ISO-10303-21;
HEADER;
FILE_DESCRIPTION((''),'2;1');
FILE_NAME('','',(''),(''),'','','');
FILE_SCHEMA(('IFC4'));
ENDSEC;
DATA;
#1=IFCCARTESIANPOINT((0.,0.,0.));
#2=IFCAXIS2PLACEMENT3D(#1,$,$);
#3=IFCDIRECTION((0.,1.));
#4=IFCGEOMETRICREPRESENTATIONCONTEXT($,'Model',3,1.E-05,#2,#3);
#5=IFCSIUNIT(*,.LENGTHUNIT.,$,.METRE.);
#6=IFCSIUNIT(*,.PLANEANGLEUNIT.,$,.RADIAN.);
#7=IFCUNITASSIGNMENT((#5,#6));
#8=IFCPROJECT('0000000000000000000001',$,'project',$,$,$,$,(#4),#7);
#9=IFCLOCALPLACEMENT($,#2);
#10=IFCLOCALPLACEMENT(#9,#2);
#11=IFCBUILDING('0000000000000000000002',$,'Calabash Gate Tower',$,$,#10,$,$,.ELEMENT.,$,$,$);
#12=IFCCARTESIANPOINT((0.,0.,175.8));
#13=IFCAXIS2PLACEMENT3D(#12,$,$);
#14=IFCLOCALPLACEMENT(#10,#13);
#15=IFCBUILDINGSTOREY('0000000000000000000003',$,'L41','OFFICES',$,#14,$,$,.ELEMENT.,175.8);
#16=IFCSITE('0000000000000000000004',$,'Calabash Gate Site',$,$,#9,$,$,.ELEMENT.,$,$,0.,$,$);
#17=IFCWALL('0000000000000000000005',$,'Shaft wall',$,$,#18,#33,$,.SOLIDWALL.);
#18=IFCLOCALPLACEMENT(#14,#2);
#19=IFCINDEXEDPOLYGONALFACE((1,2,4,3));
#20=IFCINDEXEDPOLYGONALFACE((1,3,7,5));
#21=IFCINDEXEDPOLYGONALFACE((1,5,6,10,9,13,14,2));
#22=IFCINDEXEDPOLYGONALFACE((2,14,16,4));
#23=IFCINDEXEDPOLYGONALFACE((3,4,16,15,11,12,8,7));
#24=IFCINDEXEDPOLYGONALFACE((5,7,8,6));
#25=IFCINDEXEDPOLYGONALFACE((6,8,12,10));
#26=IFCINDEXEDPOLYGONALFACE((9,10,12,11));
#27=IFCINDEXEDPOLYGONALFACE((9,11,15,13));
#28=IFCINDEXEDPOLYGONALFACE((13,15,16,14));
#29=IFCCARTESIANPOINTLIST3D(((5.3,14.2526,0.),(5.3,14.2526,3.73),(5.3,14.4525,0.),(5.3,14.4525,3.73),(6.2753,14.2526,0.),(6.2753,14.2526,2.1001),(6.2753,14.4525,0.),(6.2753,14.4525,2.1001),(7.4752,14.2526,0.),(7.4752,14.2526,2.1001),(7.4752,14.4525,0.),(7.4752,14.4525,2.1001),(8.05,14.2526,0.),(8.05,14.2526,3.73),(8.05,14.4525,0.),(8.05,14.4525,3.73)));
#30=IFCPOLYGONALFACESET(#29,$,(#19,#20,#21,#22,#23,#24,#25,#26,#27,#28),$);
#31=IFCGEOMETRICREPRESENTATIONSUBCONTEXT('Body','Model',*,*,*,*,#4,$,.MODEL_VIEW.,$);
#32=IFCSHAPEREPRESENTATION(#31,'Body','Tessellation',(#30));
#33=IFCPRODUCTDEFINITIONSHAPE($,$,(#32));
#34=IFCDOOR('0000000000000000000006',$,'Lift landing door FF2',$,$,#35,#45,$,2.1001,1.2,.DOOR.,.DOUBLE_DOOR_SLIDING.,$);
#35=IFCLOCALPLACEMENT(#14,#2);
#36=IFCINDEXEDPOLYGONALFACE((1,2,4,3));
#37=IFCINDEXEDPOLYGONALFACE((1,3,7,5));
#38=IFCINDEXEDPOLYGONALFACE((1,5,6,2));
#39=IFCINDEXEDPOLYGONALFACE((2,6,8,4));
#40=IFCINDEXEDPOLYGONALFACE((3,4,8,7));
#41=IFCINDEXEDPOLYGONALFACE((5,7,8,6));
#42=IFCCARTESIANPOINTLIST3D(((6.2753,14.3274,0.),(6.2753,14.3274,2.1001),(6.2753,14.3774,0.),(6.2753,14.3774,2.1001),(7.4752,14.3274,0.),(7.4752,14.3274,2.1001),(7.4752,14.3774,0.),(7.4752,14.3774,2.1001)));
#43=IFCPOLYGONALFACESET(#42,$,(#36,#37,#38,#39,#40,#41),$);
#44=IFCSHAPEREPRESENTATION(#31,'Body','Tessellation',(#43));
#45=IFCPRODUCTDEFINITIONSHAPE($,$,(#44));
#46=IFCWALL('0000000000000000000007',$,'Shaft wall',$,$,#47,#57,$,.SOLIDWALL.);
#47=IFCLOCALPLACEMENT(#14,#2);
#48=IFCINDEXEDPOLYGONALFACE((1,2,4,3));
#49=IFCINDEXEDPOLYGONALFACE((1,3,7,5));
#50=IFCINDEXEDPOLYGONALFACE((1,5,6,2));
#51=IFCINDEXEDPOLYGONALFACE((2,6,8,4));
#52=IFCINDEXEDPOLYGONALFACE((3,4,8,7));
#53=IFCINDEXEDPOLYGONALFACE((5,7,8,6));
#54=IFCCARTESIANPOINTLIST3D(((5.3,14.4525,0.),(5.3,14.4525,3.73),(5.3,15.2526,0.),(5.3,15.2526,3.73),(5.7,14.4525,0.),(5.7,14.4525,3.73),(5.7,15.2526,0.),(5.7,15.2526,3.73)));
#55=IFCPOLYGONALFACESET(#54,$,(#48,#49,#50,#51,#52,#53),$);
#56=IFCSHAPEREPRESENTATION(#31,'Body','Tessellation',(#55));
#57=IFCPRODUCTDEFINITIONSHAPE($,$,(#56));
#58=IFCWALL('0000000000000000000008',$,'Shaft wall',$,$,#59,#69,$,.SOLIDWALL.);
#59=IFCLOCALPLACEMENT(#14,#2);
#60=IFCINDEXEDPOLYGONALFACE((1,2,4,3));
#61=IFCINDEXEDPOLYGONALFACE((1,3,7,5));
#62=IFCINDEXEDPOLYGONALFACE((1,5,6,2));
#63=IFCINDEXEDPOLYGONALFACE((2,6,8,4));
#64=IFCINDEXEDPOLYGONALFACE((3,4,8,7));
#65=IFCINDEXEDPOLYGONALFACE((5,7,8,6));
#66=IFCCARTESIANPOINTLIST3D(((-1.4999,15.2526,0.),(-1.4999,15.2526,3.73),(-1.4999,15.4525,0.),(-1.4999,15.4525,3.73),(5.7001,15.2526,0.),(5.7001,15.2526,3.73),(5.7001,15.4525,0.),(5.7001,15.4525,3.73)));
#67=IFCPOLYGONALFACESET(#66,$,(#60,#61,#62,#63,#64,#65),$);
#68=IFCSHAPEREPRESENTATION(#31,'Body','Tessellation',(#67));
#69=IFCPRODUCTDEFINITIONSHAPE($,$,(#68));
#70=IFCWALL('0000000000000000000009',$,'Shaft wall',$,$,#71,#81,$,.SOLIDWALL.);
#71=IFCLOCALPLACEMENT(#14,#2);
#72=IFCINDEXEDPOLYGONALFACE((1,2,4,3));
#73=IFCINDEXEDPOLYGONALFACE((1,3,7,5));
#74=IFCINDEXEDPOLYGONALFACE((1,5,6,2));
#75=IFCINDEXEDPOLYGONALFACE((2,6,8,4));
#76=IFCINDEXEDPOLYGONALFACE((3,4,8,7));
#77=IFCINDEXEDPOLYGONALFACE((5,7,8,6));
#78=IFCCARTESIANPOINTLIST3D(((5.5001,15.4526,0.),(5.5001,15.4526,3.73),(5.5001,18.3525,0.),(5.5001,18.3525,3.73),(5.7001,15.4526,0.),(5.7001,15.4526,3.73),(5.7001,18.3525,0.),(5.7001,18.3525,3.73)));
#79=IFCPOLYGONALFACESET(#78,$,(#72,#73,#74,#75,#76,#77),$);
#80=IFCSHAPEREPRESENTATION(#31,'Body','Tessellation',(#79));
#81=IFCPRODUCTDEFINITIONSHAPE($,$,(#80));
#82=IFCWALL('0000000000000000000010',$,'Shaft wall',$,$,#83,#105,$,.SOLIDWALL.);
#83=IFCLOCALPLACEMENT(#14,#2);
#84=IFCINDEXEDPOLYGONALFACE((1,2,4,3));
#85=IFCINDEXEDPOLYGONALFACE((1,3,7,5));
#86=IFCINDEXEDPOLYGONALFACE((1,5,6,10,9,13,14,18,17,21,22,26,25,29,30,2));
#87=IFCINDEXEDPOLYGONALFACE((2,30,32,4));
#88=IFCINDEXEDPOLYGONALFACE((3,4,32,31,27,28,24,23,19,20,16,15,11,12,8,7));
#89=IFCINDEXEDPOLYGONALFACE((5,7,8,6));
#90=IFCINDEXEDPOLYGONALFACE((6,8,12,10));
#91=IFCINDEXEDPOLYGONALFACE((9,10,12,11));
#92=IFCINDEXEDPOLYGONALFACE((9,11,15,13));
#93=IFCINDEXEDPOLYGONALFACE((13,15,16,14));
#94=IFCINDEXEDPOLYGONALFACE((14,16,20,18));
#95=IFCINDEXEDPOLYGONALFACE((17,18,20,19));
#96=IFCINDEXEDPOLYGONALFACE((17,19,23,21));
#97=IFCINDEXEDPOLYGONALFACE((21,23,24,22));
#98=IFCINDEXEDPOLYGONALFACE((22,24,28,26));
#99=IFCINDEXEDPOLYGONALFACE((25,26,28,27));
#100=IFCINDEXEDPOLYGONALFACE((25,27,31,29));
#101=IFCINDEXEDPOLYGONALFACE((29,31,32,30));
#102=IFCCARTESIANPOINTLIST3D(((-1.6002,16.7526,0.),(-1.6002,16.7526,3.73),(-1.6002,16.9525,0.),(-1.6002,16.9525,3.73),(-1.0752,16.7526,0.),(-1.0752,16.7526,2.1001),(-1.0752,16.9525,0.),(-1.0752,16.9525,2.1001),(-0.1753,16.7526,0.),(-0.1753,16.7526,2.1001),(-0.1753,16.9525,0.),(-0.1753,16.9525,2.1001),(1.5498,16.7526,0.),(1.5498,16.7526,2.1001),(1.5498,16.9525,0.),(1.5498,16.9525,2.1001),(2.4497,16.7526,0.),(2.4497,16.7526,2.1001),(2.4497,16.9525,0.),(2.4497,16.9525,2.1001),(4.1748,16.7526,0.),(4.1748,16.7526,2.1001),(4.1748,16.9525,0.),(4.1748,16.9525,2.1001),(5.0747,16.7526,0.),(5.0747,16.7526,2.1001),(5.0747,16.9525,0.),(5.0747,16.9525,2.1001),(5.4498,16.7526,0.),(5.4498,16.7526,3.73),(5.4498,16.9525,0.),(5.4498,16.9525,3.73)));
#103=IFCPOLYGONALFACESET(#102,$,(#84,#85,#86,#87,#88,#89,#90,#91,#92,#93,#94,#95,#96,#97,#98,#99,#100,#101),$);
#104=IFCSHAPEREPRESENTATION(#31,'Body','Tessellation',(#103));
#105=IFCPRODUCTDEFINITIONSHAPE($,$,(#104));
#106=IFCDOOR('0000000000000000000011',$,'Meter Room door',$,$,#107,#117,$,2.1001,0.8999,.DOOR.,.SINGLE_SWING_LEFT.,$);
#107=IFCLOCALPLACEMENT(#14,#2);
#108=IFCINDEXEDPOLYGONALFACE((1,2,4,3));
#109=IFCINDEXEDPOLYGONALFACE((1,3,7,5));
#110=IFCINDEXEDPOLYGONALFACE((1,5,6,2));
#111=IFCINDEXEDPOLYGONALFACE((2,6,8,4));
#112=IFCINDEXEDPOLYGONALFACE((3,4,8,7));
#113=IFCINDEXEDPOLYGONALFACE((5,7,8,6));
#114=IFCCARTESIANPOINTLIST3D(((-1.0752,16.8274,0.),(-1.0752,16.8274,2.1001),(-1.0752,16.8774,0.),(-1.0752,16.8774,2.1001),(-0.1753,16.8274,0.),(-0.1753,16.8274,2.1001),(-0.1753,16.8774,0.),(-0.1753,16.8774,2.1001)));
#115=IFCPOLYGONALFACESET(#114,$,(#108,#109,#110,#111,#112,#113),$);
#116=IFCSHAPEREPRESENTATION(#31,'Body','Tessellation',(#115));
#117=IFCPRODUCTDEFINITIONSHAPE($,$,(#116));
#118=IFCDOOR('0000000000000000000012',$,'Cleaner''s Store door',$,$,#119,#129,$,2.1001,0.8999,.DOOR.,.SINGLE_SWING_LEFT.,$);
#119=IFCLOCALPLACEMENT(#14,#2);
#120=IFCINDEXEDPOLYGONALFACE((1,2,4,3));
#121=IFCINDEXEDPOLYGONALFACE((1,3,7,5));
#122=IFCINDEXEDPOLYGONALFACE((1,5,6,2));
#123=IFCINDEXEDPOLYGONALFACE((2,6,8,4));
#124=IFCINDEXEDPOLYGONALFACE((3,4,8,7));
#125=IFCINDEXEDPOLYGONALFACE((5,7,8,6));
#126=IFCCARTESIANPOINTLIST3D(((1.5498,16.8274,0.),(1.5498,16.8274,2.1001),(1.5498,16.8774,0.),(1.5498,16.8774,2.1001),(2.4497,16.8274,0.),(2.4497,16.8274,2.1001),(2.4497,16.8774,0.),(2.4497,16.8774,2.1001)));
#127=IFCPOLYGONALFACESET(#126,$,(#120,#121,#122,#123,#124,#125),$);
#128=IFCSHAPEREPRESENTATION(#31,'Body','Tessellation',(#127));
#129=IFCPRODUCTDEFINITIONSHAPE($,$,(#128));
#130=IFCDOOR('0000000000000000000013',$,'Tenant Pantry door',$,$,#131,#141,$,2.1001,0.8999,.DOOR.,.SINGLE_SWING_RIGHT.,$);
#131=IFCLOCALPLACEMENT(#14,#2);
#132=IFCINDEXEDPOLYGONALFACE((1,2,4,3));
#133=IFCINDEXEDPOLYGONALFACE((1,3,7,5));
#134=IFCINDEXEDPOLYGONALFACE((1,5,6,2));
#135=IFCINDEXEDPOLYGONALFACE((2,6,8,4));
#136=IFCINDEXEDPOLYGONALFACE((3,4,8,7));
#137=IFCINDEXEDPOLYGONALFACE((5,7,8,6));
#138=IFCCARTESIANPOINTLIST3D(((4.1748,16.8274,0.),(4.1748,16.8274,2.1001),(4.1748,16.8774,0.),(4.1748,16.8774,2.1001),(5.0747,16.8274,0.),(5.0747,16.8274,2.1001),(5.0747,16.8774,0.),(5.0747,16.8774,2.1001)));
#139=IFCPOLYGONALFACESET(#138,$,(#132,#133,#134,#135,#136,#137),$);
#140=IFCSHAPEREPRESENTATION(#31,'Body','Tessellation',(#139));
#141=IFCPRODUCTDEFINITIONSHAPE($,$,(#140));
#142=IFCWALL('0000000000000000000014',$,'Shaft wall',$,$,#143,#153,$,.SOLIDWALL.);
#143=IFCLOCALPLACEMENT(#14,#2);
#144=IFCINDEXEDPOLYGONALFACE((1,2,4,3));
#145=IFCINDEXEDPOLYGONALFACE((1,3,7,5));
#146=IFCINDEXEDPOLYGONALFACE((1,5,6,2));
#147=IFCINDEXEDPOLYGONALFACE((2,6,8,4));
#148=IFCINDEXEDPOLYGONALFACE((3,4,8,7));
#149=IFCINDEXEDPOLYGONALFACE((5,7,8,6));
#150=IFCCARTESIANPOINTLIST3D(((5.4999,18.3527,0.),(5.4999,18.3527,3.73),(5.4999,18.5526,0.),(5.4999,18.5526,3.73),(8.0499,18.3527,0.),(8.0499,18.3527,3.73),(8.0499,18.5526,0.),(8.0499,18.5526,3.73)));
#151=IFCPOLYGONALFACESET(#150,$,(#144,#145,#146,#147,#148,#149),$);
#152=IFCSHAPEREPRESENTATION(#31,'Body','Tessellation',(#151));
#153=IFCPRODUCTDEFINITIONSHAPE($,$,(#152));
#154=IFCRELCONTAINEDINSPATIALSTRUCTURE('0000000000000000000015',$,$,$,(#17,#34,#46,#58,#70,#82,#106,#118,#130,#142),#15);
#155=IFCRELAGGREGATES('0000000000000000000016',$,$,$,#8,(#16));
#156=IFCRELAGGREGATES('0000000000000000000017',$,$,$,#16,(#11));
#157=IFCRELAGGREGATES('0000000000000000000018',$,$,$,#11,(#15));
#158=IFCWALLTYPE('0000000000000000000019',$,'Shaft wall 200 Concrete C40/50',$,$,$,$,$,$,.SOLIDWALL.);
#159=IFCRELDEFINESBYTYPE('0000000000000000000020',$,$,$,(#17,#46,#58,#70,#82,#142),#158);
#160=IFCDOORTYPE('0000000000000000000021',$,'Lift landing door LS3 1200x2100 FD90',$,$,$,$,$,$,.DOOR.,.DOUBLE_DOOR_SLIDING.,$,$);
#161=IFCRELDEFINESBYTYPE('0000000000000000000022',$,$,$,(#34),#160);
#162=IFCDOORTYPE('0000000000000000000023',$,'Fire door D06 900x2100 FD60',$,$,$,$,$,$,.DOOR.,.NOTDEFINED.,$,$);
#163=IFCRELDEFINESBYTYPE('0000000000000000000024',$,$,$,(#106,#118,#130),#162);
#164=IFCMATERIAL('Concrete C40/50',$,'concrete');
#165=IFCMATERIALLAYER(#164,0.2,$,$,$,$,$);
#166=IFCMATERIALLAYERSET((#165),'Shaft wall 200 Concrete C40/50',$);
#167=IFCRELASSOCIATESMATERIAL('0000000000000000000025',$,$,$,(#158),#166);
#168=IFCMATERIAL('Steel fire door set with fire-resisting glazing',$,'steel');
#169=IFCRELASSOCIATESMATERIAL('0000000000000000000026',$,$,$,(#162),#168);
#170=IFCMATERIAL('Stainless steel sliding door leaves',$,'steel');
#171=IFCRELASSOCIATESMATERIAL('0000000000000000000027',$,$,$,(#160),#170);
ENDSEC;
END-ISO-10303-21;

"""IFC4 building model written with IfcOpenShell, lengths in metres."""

from ifc_helpers import new_model, si_unit, direction, frame, frame_2d, origin, place, context, subcontext, project, spatial, rectangle, extrude, material, layer, layer_set, type_object, element, fill, save


model = new_model("IFC4")

# Units and contexts
model_context = context("Model", 3, precision=1e-05, world=origin(), true_north=direction((0.0, 1.0)))
body_context = subcontext(model_context, "Body", "Model", "MODEL_VIEW")
ifc_project = project(units=[si_unit("LENGTHUNIT", "METRE"), si_unit("PLANEANGLEUNIT", "RADIAN")], contexts=[model_context])

# Site, building, storey
site_placement = place(None, origin())
site = spatial("IfcSite", under=ifc_project, at=site_placement, Name="Calabash Gate Site", CompositionType="ELEMENT", RefElevation=0.0)
building_placement = place(site_placement, origin())
building = spatial("IfcBuilding", under=site, at=building_placement, Name="Calabash Gate Tower", CompositionType="ELEMENT")
storey_placement = place(building_placement, frame((0.0, 0.0, 175.8)))
storey = spatial("IfcBuildingStorey", under=building, at=storey_placement, Name="L41", Description="OFFICES", CompositionType="ELEMENT", Elevation=175.8)

# Shared definitions
ifc_material_1 = material(Name="Concrete C40/50", Category="concrete")
ifc_layer_1 = layer(ifc_material_1, 0.2)
ifc_layer_set_1 = layer_set([ifc_layer_1], Name="Shaft wall 200 Concrete C40/50")
wall_type_1 = type_object("IfcWallType", Name="Shaft wall 200 Concrete C40/50", PredefinedType="SOLIDWALL", material=ifc_layer_set_1)
ifc_material_2 = material(Name="Steel fire door set with fire-resisting glazing", Category="steel")
door_type_1 = type_object("IfcDoorType", Name="Fire door D06 900x2100 FD60", OperationType="NOTDEFINED", PredefinedType="DOOR", material=ifc_material_2)

# Wall, opening, door
wall_1_placement = place(storey_placement, frame((5.3, 14.3525, 0.0), z_axis=(0.0, 0.0, 1.0), x_axis=(1.0, 0.0, 0.0)))
wall_1 = element("IfcWall", 1, at=wall_1_placement, inside=storey, type_object=wall_type_1, Name="Shaft wall", PredefinedType="SOLIDWALL", context=body_context, shape_type="SweptSolid", body=[
    extrude(rectangle(XDim=2.75, YDim=0.2, at=frame_2d((1.375, 0.0))), origin(), (0.0, 0.0, 1.0), 3.73),
])
opening_1_placement = place(wall_1_placement, frame((0.9751, 0.0, 0.0)))
opening_1 = element("IfcOpeningElement", 2, at=opening_1_placement, cuts=wall_1, PredefinedType="OPENING", context=body_context, shape_type="SweptSolid", body=[
    extrude(rectangle(XDim=1.2, YDim=2.1001, at=frame_2d((0.6001, 1.05))), frame((0.0, 0.1099, 0.0), z_axis=(0.0, -1.0, 0.0), x_axis=(1.0, 0.0, 0.0)), (0.0, 0.0, 1.0), 0.22),
])
ifc_material_3 = material(Name="Stainless steel sliding door leaves", Category="steel")
door_type_2 = type_object("IfcDoorType", Name="Lift landing door LS3 1200x2100 FD90", OperationType="DOUBLE_DOOR_SLIDING", PredefinedType="DOOR", material=ifc_material_3)
door_1_placement = place(opening_1_placement, origin())
door_1 = element("IfcDoor", 3, at=door_1_placement, inside=storey, type_object=door_type_2, Name="Lift landing door FF2", OperationType="DOUBLE_DOOR_SLIDING", OverallHeight=2.1001, OverallWidth=1.2, PredefinedType="DOOR", context=body_context, shape_type="SweptSolid", body=[
    extrude(rectangle(XDim=1.2, YDim=2.1001, at=frame_2d((0.6001, 1.05))), frame((0.0, 0.0249, 0.0), z_axis=(0.0, -1.0, 0.0), x_axis=(1.0, 0.0, 0.0)), (0.0, 0.0, 1.0), 0.05),
])
fill(opening_1, door_1)

# Walls
wall_2_placement = place(storey_placement, frame((5.5, 14.4526, 0.0), z_axis=(0.0, 0.0, 1.0), x_axis=(0.0, 1.0, 0.0)))
element("IfcWall", 4, at=wall_2_placement, inside=storey, type_object=wall_type_1, Name="Shaft wall", PredefinedType="SOLIDWALL", context=body_context, shape_type="SweptSolid", body=[
    extrude(rectangle(XDim=0.8, YDim=0.3999, at=frame_2d((0.3999, 0.0))), origin(), (0.0, 0.0, 1.0), 3.73),
])
wall_3_placement = place(storey_placement, frame((-1.5, 15.3525, 0.0), z_axis=(0.0, 0.0, 1.0), x_axis=(1.0, 0.0, 0.0)))
element("IfcWall", 5, at=wall_3_placement, inside=storey, type_object=wall_type_1, Name="Shaft wall", PredefinedType="SOLIDWALL", context=body_context, shape_type="SweptSolid", body=[
    extrude(rectangle(XDim=7.2, YDim=0.2, at=frame_2d((3.6001, 0.0))), origin(), (0.0, 0.0, 1.0), 3.73),
])
wall_4_placement = place(storey_placement, frame((5.6001, 15.4526, 0.0), z_axis=(0.0, 0.0, 1.0), x_axis=(0.0, 1.0, 0.0)))
element("IfcWall", 6, at=wall_4_placement, inside=storey, type_object=wall_type_1, Name="Shaft wall", PredefinedType="SOLIDWALL", context=body_context, shape_type="SweptSolid", body=[
    extrude(rectangle(XDim=2.8999, YDim=0.2, at=frame_2d((1.45, 0.0))), origin(), (0.0, 0.0, 1.0), 3.73),
])

# Wall, openings, doors
wall_5_placement = place(storey_placement, frame((-1.6001, 16.8525, 0.0), z_axis=(0.0, 0.0, 1.0), x_axis=(1.0, 0.0, 0.0)))
wall_5 = element("IfcWall", 7, at=wall_5_placement, inside=storey, type_object=wall_type_1, Name="Shaft wall", PredefinedType="SOLIDWALL", context=body_context, shape_type="SweptSolid", body=[
    extrude(rectangle(XDim=7.05, YDim=0.2, at=frame_2d((3.5249, 0.0))), origin(), (0.0, 0.0, 1.0), 3.73),
])
opening_2_placement = place(wall_5_placement, frame((0.5249, 0.0, 0.0)))
opening_2 = element("IfcOpeningElement", 8, at=opening_2_placement, cuts=wall_5, PredefinedType="OPENING", context=body_context, shape_type="SweptSolid", body=[
    extrude(rectangle(XDim=0.8999, YDim=2.1001, at=frame_2d((0.45, 1.05))), frame((0.0, 0.1099, 0.0), z_axis=(0.0, -1.0, 0.0), x_axis=(1.0, 0.0, 0.0)), (0.0, 0.0, 1.0), 0.22),
])
opening_3_placement = place(wall_5_placement, frame((3.1499, 0.0, 0.0)))
opening_3 = element("IfcOpeningElement", 9, at=opening_3_placement, cuts=wall_5, PredefinedType="OPENING", context=body_context, shape_type="SweptSolid", body=[
    extrude(rectangle(XDim=0.8999, YDim=2.1001, at=frame_2d((0.45, 1.05))), frame((0.0, 0.1099, 0.0), z_axis=(0.0, -1.0, 0.0), x_axis=(1.0, 0.0, 0.0)), (0.0, 0.0, 1.0), 0.22),
])
opening_4_placement = place(wall_5_placement, frame((5.7749, 0.0, 0.0)))
opening_4 = element("IfcOpeningElement", 10, at=opening_4_placement, cuts=wall_5, PredefinedType="OPENING", context=body_context, shape_type="SweptSolid", body=[
    extrude(rectangle(XDim=0.8999, YDim=2.1001, at=frame_2d((0.45, 1.05))), frame((0.0, 0.1099, 0.0), z_axis=(0.0, -1.0, 0.0), x_axis=(1.0, 0.0, 0.0)), (0.0, 0.0, 1.0), 0.22),
])
door_2_placement = place(opening_2_placement, origin())
door_2 = element("IfcDoor", 11, at=door_2_placement, inside=storey, type_object=door_type_1, Name="Meter Room door", OperationType="SINGLE_SWING_LEFT", OverallHeight=2.1001, OverallWidth=0.8999, PredefinedType="DOOR", context=body_context, shape_type="SweptSolid", body=[
    extrude(rectangle(XDim=0.8999, YDim=2.1001, at=frame_2d((0.45, 1.05))), frame((0.0, 0.0249, 0.0), z_axis=(0.0, -1.0, 0.0), x_axis=(1.0, 0.0, 0.0)), (0.0, 0.0, 1.0), 0.05),
])
fill(opening_2, door_2)
door_3_placement = place(opening_3_placement, origin())
door_3 = element("IfcDoor", 12, at=door_3_placement, inside=storey, type_object=door_type_1, Name="Cleaner's Store door", OperationType="SINGLE_SWING_LEFT", OverallHeight=2.1001, OverallWidth=0.8999, PredefinedType="DOOR", context=body_context, shape_type="SweptSolid", body=[
    extrude(rectangle(XDim=0.8999, YDim=2.1001, at=frame_2d((0.45, 1.05))), frame((0.0, 0.0249, 0.0), z_axis=(0.0, -1.0, 0.0), x_axis=(1.0, 0.0, 0.0)), (0.0, 0.0, 1.0), 0.05),
])
fill(opening_3, door_3)
door_4_placement = place(opening_4_placement, origin())
door_4 = element("IfcDoor", 13, at=door_4_placement, inside=storey, type_object=door_type_1, Name="Tenant Pantry door", OperationType="SINGLE_SWING_RIGHT", OverallHeight=2.1001, OverallWidth=0.8999, PredefinedType="DOOR", context=body_context, shape_type="SweptSolid", body=[
    extrude(rectangle(XDim=0.8999, YDim=2.1001, at=frame_2d((0.45, 1.05))), frame((0.0, 0.0249, 0.0), z_axis=(0.0, -1.0, 0.0), x_axis=(1.0, 0.0, 0.0)), (0.0, 0.0, 1.0), 0.05),
])
fill(opening_4, door_4)

# Wall
wall_6_placement = place(storey_placement, frame((5.5, 18.4526, 0.0), z_axis=(0.0, 0.0, 1.0), x_axis=(1.0, 0.0, 0.0)))
element("IfcWall", 14, at=wall_6_placement, inside=storey, type_object=wall_type_1, Name="Shaft wall", PredefinedType="SOLIDWALL", context=body_context, shape_type="SweptSolid", body=[
    extrude(rectangle(XDim=2.55, YDim=0.2, at=frame_2d((1.2749, 0.0))), origin(), (0.0, 0.0, 1.0), 3.73),
])

save(model, "model.ifc")
